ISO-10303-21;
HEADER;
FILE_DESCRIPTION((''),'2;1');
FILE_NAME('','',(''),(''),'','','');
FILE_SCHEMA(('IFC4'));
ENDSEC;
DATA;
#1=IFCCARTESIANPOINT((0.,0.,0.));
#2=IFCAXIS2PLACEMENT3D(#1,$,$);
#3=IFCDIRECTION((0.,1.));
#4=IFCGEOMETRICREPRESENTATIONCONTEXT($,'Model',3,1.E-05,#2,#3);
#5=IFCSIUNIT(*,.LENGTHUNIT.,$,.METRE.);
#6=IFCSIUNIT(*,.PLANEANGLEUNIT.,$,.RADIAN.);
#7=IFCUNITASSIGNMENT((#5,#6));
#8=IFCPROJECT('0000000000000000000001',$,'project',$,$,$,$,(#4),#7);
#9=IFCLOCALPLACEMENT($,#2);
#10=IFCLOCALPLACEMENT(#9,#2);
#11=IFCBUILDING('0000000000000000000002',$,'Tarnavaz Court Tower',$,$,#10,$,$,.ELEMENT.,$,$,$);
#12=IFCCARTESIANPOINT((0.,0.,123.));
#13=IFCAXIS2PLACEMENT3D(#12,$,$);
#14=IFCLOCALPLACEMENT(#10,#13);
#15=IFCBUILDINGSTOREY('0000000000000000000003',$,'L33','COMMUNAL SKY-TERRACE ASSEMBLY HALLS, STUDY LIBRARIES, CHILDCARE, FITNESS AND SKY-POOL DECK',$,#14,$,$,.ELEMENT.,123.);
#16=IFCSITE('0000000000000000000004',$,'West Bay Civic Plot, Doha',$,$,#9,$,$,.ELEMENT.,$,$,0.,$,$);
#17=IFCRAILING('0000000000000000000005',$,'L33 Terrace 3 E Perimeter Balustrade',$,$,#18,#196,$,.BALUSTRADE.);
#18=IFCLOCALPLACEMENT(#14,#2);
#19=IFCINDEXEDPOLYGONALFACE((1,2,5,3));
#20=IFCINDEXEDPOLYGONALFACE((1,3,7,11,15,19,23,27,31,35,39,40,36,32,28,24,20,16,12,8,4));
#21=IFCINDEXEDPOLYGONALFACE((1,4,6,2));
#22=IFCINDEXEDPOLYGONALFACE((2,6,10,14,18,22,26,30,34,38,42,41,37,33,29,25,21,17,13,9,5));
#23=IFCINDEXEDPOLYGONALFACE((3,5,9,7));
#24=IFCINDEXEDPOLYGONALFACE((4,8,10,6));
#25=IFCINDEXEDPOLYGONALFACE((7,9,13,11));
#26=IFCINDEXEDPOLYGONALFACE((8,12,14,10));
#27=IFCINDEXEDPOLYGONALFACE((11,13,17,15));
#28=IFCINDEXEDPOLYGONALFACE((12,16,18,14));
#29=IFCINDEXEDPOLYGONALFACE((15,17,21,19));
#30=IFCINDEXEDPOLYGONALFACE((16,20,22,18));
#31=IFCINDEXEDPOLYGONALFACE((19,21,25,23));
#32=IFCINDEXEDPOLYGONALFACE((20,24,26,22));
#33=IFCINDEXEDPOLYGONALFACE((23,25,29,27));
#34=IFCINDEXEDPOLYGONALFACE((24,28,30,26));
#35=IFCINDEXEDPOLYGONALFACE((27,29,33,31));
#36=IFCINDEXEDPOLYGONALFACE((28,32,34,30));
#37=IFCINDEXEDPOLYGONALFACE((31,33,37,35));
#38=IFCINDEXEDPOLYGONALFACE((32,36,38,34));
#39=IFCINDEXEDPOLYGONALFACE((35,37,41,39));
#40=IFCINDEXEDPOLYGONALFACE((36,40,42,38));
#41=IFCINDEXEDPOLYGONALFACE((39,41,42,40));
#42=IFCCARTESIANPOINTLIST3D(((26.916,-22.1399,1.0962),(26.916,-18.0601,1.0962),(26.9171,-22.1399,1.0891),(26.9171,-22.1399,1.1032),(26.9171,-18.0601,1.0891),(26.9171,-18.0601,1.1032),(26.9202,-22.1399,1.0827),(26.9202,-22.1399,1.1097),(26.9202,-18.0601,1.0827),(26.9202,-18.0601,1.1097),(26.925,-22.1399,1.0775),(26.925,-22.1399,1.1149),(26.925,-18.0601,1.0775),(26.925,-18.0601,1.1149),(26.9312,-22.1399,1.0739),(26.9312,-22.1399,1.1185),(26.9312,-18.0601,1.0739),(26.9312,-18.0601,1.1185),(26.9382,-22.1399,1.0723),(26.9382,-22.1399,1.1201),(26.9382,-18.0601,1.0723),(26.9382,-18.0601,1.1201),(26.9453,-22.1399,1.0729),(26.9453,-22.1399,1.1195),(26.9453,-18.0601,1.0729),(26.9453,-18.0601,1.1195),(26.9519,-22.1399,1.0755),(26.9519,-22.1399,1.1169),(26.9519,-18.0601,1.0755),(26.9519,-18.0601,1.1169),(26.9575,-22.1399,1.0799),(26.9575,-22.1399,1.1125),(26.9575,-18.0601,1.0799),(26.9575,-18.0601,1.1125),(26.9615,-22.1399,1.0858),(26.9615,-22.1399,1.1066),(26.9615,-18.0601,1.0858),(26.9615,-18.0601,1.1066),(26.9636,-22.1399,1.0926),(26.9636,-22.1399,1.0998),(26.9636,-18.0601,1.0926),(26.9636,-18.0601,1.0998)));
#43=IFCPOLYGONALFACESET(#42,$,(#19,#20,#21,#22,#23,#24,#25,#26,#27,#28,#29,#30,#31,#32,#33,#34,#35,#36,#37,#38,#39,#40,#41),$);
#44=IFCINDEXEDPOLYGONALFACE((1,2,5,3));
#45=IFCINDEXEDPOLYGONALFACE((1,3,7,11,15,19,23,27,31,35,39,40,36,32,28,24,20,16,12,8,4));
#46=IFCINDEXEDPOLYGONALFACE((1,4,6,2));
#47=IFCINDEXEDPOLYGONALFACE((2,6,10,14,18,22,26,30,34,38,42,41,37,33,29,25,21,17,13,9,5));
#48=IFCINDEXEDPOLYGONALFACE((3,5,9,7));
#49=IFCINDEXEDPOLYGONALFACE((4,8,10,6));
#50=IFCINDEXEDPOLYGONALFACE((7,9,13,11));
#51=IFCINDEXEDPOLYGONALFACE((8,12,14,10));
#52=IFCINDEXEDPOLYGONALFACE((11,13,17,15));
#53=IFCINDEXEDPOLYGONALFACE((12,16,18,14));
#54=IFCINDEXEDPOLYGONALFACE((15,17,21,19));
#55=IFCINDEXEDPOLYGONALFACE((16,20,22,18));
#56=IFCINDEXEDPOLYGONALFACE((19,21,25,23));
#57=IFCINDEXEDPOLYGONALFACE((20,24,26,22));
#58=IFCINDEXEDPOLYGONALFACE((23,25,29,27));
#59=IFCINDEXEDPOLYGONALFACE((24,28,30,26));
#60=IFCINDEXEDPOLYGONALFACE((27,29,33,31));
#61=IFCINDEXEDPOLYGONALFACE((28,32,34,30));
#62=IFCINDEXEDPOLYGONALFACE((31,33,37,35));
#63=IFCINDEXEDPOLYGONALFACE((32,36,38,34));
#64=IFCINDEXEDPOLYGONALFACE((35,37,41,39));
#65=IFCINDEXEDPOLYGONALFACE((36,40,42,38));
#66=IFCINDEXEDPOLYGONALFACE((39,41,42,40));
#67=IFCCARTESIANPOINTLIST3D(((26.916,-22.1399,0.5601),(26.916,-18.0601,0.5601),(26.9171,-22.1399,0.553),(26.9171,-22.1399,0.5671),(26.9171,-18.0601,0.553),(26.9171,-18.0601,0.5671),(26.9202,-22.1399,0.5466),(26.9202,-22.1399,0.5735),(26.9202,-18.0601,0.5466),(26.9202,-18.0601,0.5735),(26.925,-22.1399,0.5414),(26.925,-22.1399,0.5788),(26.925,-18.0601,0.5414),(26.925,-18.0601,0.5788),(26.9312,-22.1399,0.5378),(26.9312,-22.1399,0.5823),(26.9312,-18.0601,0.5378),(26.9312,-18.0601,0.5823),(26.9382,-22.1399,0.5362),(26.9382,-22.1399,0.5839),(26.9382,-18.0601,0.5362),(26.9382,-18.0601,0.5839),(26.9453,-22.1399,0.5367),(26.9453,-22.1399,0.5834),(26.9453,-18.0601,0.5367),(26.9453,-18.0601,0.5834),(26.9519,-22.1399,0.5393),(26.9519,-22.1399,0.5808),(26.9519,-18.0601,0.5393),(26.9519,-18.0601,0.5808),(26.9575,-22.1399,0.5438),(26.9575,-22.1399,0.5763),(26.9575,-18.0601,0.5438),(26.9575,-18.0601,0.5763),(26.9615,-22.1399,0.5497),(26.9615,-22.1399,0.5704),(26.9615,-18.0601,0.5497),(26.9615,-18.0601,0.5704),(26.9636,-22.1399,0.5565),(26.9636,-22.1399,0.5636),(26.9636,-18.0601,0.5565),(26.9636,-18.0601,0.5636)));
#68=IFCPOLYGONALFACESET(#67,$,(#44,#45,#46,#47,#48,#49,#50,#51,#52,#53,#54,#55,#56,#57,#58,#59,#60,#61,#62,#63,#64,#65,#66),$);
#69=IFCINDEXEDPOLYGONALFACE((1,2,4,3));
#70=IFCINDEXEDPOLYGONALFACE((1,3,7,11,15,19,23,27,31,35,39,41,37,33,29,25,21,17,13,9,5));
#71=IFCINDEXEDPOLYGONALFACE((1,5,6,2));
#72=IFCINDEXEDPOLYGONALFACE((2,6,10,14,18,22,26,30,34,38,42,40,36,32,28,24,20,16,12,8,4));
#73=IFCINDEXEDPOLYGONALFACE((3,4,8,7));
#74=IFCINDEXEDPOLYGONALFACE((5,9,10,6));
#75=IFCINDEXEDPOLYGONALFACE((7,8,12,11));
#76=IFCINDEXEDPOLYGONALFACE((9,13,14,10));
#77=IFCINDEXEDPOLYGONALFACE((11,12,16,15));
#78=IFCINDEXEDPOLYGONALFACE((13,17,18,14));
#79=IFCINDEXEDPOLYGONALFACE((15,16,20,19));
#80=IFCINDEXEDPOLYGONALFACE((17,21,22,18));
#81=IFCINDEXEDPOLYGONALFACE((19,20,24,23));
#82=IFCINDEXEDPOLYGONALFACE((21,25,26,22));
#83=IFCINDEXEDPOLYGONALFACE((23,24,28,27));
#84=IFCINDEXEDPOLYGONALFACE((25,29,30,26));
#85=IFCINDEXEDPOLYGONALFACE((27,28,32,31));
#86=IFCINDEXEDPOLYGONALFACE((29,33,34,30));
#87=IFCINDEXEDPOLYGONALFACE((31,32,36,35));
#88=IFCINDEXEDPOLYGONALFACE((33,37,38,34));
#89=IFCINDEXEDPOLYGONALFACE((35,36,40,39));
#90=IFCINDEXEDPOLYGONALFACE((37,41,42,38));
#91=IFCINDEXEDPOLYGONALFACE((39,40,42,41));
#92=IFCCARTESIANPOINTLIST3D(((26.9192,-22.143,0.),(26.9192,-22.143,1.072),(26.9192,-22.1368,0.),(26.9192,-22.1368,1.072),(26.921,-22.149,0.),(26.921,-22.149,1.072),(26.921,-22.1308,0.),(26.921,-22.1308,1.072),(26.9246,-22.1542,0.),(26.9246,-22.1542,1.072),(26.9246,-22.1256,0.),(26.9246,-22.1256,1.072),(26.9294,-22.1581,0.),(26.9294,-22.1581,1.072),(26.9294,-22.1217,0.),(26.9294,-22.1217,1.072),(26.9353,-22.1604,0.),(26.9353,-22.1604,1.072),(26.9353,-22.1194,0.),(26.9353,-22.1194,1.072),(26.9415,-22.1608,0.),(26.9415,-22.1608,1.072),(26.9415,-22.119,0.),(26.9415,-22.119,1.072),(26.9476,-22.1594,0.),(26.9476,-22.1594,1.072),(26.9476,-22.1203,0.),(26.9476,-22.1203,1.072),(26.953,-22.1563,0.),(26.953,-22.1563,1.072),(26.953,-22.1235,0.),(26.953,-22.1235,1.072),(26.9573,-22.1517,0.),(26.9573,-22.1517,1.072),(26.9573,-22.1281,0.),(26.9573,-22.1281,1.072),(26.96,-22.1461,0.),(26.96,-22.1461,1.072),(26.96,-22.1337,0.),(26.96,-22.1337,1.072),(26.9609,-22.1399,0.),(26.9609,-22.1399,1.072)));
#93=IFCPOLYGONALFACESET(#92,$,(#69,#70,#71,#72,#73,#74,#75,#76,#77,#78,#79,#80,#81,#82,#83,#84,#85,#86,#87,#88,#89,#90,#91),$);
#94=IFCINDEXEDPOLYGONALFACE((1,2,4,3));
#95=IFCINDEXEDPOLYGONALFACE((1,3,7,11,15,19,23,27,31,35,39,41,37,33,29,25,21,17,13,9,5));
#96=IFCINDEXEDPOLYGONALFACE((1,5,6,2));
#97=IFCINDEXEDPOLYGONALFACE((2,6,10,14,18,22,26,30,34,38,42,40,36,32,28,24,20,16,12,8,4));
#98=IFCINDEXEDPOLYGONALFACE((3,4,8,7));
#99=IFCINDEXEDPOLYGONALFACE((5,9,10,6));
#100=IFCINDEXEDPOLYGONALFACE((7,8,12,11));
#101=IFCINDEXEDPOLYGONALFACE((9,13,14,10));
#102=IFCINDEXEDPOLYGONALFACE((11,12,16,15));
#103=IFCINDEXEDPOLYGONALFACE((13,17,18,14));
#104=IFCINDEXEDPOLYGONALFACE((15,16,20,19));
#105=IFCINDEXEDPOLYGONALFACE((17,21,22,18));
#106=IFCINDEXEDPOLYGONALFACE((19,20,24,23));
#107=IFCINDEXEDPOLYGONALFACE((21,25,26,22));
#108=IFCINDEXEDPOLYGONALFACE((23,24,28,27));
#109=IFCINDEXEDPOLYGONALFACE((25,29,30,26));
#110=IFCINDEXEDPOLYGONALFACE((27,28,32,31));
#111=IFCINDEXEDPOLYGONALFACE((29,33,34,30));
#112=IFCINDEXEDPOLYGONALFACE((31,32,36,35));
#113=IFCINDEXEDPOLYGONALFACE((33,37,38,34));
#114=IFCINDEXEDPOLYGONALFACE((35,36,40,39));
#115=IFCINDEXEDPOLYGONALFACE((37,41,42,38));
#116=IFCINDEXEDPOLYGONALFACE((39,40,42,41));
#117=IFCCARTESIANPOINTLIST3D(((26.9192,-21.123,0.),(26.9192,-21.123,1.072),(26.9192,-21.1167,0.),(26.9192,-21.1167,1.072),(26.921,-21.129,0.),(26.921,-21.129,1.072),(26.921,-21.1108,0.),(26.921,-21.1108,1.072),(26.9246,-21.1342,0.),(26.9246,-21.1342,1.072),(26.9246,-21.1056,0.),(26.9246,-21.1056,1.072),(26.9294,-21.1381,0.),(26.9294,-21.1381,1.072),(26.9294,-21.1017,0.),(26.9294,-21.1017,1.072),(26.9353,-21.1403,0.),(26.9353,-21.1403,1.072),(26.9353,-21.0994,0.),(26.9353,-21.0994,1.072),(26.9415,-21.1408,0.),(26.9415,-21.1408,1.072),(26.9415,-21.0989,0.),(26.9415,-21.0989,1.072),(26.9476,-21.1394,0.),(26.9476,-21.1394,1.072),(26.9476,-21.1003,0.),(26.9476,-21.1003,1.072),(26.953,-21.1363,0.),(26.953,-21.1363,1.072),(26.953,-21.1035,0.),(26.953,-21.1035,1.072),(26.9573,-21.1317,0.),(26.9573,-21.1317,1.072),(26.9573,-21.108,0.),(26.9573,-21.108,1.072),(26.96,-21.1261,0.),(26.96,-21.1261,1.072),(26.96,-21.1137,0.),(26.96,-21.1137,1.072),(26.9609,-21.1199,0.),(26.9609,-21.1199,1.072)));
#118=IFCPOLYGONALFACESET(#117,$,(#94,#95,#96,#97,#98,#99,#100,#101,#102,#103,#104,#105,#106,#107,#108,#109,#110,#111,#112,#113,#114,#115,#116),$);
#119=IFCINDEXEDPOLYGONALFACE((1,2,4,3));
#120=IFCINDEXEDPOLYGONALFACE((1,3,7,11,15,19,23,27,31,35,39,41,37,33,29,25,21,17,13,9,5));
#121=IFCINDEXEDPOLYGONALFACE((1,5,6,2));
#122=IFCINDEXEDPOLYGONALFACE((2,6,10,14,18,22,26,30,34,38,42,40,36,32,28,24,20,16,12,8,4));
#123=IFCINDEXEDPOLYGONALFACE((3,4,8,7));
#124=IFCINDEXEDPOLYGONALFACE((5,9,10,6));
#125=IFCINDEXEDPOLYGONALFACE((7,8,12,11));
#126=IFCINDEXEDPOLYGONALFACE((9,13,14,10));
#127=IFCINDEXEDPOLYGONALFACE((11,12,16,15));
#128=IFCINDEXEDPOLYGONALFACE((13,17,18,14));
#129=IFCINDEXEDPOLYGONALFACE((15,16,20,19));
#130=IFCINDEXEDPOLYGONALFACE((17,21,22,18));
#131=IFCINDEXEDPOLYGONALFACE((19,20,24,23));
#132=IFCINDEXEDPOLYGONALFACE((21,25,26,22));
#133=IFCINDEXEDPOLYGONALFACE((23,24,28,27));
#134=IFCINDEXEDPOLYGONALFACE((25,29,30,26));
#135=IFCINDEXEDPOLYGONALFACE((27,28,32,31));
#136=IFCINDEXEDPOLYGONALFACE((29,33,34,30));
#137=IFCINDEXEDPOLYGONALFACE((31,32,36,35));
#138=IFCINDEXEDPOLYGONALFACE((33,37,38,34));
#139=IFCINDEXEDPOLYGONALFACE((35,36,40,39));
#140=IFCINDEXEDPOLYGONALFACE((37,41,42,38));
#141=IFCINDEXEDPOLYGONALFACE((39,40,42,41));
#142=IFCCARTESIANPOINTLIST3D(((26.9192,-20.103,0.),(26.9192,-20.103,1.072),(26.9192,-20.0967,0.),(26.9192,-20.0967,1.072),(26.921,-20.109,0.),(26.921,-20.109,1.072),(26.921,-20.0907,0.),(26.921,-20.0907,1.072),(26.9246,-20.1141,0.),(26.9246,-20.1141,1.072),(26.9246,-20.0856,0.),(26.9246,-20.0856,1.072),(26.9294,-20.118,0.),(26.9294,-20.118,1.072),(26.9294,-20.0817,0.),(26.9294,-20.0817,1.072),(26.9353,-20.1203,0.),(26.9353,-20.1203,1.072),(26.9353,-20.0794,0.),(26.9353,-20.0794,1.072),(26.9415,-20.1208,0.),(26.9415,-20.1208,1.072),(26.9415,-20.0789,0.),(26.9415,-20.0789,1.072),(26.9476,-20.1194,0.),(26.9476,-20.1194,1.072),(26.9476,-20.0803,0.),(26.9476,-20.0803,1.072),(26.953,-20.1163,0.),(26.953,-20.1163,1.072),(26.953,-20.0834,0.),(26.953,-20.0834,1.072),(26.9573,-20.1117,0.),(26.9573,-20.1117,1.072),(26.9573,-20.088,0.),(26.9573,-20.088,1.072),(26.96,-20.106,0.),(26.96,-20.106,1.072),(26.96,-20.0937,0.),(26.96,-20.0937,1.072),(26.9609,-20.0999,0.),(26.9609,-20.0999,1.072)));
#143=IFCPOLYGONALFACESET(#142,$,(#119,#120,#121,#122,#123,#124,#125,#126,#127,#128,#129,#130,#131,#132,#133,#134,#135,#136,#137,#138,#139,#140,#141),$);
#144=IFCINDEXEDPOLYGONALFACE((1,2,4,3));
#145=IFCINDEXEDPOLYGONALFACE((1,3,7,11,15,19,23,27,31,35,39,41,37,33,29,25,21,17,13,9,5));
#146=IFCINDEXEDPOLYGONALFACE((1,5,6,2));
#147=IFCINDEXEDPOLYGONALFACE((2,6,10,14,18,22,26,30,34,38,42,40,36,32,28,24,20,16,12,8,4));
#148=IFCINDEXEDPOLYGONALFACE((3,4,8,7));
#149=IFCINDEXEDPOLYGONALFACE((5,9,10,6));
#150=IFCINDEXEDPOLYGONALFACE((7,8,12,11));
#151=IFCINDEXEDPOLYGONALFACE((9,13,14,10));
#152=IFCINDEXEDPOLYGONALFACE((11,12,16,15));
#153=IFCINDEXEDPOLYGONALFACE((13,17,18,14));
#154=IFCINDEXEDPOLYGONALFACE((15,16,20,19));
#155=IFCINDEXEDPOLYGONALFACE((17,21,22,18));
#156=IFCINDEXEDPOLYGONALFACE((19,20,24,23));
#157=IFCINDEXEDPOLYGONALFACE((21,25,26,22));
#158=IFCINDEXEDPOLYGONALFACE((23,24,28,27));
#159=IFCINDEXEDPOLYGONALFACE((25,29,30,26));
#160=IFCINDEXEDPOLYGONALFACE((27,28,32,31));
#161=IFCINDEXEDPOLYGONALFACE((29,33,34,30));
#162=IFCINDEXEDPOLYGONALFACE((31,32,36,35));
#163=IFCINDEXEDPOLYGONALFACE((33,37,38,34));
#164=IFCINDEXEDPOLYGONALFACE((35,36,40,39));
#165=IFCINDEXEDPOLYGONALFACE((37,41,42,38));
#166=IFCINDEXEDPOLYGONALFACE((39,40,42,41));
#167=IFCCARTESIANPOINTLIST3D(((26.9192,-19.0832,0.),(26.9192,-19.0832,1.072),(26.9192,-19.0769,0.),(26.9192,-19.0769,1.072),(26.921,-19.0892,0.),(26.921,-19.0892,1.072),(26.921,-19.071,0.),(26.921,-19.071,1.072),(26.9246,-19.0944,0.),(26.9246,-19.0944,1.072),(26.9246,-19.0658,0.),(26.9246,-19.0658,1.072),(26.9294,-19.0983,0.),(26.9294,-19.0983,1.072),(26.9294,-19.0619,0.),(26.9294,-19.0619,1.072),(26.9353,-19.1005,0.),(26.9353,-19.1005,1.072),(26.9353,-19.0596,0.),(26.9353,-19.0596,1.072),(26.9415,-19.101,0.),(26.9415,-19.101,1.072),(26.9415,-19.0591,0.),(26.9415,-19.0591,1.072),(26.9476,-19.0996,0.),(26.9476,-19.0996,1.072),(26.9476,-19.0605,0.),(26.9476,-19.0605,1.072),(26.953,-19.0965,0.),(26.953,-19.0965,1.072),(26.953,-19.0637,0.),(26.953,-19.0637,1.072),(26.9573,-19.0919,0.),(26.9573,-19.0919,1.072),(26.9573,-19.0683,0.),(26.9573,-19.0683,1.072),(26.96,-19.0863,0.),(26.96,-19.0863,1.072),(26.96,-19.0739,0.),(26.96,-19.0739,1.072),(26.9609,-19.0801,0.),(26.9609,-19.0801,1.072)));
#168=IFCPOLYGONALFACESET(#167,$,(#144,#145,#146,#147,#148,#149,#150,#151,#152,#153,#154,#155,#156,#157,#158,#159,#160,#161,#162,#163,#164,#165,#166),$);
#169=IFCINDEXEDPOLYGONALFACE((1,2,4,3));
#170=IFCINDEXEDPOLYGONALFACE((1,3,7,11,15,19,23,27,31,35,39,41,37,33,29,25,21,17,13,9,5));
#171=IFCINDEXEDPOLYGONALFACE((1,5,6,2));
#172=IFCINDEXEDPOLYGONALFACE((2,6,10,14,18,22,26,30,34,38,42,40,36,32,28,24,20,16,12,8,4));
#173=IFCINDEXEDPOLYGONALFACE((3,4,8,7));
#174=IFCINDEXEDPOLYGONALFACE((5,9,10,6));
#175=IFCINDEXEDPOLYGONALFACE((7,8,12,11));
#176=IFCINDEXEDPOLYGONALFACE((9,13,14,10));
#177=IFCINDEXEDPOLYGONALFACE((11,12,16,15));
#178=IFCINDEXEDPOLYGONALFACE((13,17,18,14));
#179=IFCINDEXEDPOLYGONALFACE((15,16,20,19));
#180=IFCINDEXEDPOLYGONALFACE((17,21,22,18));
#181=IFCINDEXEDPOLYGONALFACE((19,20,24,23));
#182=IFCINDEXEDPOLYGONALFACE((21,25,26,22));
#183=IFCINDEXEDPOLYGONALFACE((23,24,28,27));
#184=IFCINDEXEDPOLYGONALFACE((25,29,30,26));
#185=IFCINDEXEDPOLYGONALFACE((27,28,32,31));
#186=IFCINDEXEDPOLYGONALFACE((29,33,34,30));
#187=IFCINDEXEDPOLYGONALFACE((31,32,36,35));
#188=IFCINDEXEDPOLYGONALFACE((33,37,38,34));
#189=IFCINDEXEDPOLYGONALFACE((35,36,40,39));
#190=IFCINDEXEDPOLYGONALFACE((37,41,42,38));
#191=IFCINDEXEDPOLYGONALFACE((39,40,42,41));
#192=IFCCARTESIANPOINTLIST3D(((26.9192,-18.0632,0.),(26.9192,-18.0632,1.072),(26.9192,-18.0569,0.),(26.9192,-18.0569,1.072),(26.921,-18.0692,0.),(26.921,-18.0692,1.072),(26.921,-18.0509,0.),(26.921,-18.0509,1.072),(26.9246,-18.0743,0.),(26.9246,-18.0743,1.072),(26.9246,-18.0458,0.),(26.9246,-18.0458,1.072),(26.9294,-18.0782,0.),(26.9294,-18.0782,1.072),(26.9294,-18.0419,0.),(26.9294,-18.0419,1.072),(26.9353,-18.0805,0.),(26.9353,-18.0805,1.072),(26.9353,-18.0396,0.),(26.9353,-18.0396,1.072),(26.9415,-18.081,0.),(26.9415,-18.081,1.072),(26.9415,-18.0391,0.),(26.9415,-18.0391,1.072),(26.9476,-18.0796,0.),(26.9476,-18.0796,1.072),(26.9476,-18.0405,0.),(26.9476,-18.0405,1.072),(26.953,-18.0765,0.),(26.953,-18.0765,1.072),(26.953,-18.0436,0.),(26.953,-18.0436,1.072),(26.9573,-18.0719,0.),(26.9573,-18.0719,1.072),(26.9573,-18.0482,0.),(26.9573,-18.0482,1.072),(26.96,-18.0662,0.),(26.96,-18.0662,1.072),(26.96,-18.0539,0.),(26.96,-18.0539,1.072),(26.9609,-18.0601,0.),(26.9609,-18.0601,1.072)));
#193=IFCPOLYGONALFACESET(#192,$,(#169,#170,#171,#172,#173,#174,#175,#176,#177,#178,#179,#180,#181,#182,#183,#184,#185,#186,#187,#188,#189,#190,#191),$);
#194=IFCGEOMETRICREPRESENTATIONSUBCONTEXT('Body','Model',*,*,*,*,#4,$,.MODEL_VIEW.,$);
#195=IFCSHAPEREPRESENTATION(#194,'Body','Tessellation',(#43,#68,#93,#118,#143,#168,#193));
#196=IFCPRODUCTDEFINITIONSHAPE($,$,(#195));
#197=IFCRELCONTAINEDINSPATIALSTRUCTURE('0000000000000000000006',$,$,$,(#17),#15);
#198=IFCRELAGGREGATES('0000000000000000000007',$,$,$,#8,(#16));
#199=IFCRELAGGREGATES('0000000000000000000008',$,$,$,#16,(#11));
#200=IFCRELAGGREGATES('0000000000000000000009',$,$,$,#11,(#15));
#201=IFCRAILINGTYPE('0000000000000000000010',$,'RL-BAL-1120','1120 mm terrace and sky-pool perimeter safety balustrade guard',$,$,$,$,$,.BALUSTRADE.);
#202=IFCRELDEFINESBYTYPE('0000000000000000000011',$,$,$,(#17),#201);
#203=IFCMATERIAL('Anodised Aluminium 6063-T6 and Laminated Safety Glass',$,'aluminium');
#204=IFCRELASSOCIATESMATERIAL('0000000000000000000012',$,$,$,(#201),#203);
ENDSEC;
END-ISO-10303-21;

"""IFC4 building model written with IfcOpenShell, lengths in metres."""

from ifc_helpers import new_model, si_unit, direction, frame, origin, origin_2d, place, context, subcontext, project, spatial, circle, extrude, material, type_object, element, save


model = new_model("IFC4")

# Units and contexts
model_context = context("Model", 3, precision=1e-05, world=origin(), true_north=direction((0.0, 1.0)))
body_context = subcontext(model_context, "Body", "Model", "MODEL_VIEW")
ifc_project = project(units=[si_unit("LENGTHUNIT", "METRE"), si_unit("PLANEANGLEUNIT", "RADIAN")], contexts=[model_context])

# Site, building, storey
site_placement = place(None, origin())
site = spatial("IfcSite", under=ifc_project, at=site_placement, Name="West Bay Civic Plot, Doha", CompositionType="ELEMENT", RefElevation=0.0)
building_placement = place(site_placement, origin())
building = spatial("IfcBuilding", under=site, at=building_placement, Name="Tarnavaz Court Tower", CompositionType="ELEMENT")
storey_placement = place(building_placement, frame((0.0, 0.0, 123.0)))
storey = spatial("IfcBuildingStorey", under=building, at=storey_placement, Name="L33", Description="COMMUNAL SKY-TERRACE ASSEMBLY HALLS, STUDY LIBRARIES, CHILDCARE, FITNESS AND SKY-POOL DECK", CompositionType="ELEMENT", Elevation=123.0)

# Railing
ifc_material_1 = material(Name="Anodised Aluminium 6063-T6 and Laminated Safety Glass", Category="aluminium")
railing_type = type_object("IfcRailingType", Name="RL-BAL-1120", Description="1120 mm terrace and sky-pool perimeter safety balustrade guard", PredefinedType="BALUSTRADE", material=ifc_material_1)
railing_1_placement = place(storey_placement, frame((26.9399, -22.1399, 0.0)))
element("IfcRailing", 1, at=railing_1_placement, inside=storey, type_object=railing_type, Name="L33 Terrace 3 E Perimeter Balustrade", PredefinedType="BALUSTRADE", context=body_context, shape_type="SweptSolid", body=[
    extrude(circle(Radius=0.0239, at=origin_2d()), frame((0.0, 0.0, 1.0962), z_axis=(0.0, 1.0, 0.0), x_axis=(-1.0, 0.0, 0.0)), (0.0, 0.0, 1.0), 4.0798),
    extrude(circle(Radius=0.0239, at=origin_2d()), frame((0.0, 0.0, 0.5601), z_axis=(0.0, 1.0, 0.0), x_axis=(-1.0, 0.0, 0.0)), (0.0, 0.0, 1.0), 4.0798),
    extrude(circle(Radius=0.021, at=origin_2d()), origin(), (0.0, 0.0, 1.0), 1.072),
    extrude(circle(Radius=0.021, at=origin_2d()), frame((0.0, 1.02, 0.0)), (0.0, 0.0, 1.0), 1.072),
    extrude(circle(Radius=0.021, at=origin_2d()), frame((0.0, 2.04, 0.0)), (0.0, 0.0, 1.0), 1.072),
    extrude(circle(Radius=0.021, at=origin_2d()), frame((0.0, 3.0598, 0.0)), (0.0, 0.0, 1.0), 1.072),
    extrude(circle(Radius=0.021, at=origin_2d()), frame((0.0, 4.0798, 0.0)), (0.0, 0.0, 1.0), 1.072),
])

save(model, "model.ifc")
